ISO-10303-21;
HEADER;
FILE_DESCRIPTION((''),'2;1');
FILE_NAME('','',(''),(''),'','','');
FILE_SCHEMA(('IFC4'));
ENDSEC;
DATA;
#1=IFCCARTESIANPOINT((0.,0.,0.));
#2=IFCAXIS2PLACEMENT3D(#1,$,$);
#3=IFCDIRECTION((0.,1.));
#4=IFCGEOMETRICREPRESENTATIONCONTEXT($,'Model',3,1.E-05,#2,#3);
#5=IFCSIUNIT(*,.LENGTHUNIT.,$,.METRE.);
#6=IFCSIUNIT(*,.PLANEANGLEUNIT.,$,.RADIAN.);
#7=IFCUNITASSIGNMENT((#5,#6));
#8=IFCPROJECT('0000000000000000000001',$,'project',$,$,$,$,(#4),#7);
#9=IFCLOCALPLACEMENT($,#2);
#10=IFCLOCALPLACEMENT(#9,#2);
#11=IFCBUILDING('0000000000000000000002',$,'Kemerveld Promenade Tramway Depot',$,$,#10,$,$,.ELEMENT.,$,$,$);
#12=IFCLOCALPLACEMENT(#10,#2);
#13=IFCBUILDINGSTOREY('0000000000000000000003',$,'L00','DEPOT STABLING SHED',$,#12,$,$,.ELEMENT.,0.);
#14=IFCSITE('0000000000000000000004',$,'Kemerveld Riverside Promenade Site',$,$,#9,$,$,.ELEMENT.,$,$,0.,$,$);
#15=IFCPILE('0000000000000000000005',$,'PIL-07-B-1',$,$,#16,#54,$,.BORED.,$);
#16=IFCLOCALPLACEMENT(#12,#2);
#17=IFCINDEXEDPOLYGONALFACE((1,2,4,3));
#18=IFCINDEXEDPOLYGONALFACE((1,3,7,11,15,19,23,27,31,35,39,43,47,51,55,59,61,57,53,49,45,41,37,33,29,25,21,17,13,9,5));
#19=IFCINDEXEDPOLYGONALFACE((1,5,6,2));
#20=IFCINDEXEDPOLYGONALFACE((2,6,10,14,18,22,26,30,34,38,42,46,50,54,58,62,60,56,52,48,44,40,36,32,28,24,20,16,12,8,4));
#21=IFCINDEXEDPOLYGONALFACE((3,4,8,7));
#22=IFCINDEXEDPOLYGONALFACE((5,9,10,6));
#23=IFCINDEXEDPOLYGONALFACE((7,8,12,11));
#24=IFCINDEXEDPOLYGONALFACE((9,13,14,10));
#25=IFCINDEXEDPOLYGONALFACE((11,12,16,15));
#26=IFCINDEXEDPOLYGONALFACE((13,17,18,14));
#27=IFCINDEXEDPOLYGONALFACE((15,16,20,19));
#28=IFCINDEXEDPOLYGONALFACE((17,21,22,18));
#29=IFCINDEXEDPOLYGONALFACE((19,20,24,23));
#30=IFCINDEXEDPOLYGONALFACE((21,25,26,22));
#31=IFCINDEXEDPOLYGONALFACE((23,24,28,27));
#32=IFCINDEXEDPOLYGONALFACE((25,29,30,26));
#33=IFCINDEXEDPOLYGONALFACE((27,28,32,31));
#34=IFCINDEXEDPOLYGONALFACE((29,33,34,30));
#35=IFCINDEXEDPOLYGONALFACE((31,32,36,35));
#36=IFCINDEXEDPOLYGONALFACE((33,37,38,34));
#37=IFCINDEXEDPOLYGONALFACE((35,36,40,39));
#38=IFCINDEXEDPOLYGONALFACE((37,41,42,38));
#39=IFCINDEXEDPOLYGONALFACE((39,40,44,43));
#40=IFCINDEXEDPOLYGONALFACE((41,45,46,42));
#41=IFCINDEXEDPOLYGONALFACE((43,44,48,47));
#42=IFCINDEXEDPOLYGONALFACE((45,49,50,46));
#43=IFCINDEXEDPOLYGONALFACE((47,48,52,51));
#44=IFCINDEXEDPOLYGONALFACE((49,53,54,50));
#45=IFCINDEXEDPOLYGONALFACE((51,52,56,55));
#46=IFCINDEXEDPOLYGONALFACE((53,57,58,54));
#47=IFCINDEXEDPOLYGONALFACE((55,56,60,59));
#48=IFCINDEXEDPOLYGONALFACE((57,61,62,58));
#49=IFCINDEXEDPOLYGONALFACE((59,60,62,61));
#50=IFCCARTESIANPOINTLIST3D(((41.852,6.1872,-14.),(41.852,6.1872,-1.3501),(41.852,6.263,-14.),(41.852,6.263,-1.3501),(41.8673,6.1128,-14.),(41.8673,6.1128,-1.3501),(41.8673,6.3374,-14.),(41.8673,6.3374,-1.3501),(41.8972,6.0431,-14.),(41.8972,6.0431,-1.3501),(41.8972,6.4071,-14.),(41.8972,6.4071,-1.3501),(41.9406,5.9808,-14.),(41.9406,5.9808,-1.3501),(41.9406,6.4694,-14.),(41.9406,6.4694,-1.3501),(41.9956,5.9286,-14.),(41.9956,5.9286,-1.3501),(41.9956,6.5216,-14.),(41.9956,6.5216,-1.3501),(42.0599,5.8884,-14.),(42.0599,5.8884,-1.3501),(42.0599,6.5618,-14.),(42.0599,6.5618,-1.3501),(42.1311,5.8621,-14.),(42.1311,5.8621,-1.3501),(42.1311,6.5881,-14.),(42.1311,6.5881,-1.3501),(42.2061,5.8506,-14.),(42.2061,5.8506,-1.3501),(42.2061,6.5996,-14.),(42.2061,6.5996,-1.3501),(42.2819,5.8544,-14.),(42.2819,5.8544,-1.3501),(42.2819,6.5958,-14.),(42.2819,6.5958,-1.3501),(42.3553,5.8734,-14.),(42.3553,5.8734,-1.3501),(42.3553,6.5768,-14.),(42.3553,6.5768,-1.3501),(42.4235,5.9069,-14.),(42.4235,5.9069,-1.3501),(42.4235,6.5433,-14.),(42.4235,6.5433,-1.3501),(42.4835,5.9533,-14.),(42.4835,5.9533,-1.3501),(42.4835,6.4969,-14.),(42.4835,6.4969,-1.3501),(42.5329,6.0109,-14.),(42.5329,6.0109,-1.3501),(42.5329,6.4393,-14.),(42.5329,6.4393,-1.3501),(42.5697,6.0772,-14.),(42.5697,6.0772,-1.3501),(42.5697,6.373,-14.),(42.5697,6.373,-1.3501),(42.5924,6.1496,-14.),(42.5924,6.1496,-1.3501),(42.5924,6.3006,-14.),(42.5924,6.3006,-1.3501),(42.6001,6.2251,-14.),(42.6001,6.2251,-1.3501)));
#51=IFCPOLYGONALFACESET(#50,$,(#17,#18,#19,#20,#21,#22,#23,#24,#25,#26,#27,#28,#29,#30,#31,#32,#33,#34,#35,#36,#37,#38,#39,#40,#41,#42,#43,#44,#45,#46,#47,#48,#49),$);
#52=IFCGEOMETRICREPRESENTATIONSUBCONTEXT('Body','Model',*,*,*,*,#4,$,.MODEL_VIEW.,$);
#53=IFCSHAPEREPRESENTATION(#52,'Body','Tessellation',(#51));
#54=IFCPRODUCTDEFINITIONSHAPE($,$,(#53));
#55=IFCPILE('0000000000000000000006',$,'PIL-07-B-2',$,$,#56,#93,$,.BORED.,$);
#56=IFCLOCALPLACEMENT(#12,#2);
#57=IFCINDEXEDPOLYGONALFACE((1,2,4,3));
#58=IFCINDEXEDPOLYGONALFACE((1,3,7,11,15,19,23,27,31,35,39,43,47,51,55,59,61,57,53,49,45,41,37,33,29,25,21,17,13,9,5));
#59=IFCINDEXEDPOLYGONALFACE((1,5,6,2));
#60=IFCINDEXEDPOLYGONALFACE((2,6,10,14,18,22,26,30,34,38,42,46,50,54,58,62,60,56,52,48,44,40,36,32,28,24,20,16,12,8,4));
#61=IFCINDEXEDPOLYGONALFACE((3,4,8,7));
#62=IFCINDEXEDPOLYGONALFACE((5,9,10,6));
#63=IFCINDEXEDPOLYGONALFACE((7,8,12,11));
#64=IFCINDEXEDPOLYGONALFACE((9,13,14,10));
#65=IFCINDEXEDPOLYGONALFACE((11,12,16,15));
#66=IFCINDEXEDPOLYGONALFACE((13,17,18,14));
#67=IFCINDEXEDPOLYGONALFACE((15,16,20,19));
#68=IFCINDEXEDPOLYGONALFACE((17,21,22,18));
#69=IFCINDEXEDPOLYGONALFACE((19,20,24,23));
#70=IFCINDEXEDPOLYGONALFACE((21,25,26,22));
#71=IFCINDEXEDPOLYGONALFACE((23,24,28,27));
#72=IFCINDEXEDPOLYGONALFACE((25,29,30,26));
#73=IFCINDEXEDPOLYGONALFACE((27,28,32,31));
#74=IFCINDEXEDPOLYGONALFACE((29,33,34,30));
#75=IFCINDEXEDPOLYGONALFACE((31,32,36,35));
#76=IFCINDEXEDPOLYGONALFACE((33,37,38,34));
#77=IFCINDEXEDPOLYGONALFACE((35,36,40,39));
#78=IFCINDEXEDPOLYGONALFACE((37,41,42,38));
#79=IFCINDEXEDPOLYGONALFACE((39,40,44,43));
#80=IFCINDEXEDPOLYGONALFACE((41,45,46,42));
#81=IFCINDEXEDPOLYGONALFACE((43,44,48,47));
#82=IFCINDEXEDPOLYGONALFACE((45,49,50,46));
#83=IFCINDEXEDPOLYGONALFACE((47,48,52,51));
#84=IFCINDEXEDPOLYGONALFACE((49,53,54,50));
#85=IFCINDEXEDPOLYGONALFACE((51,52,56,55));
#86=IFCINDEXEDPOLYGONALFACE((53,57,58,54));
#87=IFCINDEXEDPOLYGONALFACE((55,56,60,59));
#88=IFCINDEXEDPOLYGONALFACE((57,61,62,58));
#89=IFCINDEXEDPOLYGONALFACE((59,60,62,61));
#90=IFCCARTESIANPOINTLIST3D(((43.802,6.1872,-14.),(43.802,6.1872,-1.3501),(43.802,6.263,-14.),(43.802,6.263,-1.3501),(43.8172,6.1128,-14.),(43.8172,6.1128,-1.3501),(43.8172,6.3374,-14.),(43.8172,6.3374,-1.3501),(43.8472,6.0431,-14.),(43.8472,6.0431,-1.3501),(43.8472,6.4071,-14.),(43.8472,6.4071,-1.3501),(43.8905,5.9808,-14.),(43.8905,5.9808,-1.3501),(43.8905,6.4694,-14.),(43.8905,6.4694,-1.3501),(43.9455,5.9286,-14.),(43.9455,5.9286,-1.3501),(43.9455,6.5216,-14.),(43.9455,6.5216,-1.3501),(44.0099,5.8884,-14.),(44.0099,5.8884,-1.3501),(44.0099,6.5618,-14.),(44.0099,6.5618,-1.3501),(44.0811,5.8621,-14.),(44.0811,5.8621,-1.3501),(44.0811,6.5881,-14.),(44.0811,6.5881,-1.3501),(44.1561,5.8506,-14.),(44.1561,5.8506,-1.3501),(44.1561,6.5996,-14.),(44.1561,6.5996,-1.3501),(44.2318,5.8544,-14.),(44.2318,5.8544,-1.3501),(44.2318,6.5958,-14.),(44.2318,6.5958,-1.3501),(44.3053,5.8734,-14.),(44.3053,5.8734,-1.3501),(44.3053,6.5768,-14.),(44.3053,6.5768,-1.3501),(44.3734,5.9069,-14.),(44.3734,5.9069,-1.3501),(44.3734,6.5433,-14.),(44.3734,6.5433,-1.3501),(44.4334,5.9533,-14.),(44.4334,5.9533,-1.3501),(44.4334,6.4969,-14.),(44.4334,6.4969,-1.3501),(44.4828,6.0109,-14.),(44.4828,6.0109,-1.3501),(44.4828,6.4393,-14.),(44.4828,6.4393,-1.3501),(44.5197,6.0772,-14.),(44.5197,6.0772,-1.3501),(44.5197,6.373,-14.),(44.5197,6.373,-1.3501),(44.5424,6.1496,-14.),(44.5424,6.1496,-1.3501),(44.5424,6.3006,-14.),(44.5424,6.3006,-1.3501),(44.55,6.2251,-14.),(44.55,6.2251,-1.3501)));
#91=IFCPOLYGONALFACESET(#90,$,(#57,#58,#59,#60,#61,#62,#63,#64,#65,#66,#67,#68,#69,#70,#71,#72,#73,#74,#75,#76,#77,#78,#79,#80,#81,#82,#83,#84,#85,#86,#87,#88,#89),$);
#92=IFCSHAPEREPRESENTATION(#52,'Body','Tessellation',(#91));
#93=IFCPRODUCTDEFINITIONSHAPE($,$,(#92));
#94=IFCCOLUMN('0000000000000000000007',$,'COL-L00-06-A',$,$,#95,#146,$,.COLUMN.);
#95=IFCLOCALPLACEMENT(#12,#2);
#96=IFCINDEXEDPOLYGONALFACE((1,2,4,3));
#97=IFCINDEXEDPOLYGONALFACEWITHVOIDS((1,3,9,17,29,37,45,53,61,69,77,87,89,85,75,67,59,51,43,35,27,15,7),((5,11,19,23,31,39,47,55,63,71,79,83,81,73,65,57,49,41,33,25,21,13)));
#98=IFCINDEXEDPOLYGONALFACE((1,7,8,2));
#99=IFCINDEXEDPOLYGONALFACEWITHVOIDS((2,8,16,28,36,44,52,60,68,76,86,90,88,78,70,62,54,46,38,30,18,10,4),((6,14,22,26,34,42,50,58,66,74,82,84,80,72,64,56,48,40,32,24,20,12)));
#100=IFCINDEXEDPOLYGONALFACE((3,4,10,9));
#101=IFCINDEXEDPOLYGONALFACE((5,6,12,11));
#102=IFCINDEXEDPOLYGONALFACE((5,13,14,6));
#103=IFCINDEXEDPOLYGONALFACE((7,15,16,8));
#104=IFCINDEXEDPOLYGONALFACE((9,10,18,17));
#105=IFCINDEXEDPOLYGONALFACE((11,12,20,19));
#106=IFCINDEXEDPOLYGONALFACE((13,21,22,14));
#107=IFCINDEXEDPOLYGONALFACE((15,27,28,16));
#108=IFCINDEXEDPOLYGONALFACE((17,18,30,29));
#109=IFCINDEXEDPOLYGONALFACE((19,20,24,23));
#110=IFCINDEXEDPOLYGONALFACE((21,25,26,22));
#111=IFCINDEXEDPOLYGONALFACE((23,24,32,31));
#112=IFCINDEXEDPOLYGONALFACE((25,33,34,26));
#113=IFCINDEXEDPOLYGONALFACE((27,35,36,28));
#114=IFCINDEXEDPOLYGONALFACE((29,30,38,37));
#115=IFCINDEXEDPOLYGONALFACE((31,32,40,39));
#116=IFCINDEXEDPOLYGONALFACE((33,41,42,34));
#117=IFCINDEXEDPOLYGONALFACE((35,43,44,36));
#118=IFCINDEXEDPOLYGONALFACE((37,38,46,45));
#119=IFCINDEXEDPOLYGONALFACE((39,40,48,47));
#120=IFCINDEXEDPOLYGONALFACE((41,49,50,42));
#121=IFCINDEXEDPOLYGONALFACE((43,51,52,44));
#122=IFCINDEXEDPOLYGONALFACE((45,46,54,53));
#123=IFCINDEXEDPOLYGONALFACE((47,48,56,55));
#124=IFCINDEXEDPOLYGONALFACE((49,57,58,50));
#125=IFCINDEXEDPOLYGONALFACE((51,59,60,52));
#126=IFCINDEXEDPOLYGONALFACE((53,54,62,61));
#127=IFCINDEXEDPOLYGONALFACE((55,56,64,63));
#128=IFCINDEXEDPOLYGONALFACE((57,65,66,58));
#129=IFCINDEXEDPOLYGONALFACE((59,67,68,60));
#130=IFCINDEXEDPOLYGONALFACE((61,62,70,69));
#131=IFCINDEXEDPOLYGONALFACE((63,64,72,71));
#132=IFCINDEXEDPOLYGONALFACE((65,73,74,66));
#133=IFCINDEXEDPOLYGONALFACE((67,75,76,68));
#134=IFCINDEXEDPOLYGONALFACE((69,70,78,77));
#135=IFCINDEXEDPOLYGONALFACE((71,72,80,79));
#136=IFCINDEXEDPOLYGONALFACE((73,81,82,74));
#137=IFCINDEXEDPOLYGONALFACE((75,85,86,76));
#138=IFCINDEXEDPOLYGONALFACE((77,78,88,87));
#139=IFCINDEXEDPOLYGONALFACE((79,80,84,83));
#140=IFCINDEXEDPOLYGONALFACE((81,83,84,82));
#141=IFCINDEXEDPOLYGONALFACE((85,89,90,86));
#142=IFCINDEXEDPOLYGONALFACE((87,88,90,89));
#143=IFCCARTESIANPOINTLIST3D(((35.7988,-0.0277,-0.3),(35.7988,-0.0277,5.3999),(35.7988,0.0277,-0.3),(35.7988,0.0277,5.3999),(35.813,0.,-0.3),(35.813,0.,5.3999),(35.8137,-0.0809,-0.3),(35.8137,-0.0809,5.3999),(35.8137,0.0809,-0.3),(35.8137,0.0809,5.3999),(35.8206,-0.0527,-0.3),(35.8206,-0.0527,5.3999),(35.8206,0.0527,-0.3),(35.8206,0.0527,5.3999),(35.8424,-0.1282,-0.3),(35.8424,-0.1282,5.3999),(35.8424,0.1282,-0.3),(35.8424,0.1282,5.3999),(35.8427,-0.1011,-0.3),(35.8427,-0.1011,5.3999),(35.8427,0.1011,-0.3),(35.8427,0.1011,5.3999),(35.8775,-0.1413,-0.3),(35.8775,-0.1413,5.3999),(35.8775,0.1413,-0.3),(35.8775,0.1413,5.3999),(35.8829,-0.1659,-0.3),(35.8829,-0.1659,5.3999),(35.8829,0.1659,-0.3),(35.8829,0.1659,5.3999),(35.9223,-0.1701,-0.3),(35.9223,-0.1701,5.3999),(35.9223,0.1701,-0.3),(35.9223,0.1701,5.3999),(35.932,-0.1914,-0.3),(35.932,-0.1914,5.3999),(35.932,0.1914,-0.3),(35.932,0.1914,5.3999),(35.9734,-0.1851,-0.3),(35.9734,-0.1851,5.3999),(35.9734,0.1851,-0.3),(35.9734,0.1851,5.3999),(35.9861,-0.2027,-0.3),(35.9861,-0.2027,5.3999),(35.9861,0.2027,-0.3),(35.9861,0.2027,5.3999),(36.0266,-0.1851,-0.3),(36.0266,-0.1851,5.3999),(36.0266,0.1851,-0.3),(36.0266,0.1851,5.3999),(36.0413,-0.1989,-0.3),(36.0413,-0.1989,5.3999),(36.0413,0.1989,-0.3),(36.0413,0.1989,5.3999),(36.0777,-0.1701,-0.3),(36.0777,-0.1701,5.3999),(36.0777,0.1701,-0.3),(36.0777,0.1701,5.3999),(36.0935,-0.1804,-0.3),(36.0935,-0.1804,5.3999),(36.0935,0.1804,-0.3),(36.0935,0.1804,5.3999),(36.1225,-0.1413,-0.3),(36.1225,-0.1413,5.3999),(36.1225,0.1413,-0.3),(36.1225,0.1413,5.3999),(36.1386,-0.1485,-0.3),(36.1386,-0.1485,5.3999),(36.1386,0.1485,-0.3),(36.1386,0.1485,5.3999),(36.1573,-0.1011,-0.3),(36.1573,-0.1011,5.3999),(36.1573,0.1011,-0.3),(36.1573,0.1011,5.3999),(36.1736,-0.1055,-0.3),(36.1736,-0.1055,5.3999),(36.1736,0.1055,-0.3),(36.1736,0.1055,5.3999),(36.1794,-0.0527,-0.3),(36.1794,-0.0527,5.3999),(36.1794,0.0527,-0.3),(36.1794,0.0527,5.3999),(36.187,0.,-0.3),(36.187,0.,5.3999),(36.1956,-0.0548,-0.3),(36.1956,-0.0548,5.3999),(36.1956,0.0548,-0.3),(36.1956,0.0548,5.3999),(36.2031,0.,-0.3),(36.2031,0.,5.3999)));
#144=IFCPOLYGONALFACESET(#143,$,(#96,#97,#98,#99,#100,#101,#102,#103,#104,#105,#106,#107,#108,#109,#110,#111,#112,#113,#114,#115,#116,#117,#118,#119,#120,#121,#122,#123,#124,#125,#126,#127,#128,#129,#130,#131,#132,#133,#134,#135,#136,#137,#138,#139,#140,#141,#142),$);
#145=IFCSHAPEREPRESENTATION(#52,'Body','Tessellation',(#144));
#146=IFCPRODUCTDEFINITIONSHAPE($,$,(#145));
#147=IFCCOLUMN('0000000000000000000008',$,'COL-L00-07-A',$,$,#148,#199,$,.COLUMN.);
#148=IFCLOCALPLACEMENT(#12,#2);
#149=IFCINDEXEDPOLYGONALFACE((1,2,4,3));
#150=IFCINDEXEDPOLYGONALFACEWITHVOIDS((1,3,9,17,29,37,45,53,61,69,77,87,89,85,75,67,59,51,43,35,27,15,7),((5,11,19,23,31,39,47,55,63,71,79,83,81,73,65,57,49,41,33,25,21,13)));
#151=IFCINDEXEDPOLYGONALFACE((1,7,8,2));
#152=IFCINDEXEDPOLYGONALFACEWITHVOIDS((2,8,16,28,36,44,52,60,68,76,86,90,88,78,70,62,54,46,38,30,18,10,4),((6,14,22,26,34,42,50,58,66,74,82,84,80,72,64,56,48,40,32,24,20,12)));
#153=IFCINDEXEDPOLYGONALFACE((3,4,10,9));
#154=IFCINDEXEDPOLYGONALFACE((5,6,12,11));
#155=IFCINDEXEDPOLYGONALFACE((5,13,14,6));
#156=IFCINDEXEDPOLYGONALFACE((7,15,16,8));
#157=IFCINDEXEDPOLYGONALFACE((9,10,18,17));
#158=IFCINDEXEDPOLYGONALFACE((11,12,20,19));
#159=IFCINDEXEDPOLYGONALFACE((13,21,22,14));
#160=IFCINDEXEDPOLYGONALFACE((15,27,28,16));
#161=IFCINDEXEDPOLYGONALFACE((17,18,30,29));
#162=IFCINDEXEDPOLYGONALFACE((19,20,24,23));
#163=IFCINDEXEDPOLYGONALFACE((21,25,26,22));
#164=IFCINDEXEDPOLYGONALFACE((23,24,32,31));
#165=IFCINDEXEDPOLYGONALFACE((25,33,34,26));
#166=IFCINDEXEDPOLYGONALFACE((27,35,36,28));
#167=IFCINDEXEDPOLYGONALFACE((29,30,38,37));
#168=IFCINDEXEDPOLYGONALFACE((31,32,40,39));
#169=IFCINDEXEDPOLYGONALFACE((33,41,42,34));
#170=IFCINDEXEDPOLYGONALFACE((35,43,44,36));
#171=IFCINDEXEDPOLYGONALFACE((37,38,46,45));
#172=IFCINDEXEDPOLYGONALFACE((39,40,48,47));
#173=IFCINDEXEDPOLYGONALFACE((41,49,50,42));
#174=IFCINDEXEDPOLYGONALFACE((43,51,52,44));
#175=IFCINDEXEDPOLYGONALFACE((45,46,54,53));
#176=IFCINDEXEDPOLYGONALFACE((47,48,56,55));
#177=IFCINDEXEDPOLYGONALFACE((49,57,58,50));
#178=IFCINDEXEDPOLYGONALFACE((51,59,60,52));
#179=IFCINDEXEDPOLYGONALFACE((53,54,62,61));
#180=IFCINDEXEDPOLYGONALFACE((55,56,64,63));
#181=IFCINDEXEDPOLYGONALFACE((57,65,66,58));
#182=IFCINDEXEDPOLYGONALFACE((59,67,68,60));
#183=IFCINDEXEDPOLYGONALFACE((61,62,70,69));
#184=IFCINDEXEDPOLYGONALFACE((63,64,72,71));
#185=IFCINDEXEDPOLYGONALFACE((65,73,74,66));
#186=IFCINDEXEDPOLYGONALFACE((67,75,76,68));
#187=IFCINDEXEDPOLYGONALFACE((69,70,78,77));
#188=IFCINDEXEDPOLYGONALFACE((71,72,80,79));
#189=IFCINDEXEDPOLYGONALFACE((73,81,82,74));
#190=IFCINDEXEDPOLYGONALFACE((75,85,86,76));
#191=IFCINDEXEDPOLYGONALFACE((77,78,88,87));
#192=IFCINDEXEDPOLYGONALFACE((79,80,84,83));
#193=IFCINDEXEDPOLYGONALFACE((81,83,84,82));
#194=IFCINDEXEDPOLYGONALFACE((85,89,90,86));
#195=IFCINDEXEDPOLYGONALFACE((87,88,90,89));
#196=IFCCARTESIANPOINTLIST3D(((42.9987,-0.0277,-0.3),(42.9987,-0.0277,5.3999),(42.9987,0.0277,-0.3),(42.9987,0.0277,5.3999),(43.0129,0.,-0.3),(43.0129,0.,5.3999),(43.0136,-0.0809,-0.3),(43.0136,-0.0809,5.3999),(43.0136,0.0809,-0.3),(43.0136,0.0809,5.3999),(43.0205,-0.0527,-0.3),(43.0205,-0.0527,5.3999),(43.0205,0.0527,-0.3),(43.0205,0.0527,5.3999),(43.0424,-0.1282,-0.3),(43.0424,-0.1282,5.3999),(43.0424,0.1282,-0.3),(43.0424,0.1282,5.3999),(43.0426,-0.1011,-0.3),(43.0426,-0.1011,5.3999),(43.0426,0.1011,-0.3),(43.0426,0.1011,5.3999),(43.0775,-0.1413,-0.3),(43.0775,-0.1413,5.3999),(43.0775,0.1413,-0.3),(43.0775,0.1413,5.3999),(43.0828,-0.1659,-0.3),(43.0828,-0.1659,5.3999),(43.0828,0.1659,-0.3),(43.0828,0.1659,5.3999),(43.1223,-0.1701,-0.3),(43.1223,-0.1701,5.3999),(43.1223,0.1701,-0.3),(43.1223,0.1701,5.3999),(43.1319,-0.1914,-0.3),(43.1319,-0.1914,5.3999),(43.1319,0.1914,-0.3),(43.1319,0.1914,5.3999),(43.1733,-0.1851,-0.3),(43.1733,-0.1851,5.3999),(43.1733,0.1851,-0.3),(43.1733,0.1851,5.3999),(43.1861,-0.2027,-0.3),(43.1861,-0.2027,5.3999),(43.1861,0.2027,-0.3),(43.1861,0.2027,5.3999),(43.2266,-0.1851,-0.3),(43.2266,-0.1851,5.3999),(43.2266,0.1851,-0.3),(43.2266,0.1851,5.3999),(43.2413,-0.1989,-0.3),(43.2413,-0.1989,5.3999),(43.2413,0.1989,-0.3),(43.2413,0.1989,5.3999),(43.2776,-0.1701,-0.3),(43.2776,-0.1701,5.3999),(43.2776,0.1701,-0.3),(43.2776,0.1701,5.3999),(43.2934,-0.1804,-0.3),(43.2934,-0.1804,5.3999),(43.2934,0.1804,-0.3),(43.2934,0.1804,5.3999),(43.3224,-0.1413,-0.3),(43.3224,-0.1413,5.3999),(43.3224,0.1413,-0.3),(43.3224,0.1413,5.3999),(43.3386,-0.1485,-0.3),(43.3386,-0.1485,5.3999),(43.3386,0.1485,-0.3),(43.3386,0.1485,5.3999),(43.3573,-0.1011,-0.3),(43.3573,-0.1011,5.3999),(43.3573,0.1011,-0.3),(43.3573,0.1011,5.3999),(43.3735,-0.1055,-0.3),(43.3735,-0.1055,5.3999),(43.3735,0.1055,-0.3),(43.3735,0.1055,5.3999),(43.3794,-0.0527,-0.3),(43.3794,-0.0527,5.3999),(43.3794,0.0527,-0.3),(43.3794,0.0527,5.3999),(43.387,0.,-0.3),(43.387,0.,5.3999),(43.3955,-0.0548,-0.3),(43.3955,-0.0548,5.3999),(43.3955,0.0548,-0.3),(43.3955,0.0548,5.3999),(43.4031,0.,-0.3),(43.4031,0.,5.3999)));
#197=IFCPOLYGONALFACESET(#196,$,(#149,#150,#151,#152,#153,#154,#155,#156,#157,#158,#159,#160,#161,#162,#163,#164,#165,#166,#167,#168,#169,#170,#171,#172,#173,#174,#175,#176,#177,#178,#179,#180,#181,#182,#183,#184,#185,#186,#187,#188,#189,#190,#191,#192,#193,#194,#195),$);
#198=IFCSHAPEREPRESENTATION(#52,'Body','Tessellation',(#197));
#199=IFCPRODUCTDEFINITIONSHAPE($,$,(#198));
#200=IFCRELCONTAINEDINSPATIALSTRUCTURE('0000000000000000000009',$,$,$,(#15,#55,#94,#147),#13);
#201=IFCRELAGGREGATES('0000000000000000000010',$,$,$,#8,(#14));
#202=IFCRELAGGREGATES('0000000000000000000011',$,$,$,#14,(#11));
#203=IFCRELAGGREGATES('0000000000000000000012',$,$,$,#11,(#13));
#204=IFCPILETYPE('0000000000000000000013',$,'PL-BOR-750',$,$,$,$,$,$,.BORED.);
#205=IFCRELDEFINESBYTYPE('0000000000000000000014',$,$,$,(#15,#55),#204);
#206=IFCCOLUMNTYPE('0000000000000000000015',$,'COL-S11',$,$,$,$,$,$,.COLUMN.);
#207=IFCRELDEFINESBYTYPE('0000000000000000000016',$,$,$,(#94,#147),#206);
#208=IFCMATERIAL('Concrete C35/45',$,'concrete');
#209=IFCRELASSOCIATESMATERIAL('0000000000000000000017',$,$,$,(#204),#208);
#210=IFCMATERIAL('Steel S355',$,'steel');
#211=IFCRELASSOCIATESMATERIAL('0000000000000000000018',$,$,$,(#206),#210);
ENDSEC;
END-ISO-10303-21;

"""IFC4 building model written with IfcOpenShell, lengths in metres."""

from ifc_helpers import new_model, si_unit, direction, frame, origin, origin_2d, place, context, subcontext, project, spatial, circle, hollow_circle, extrude, material, material_profile, profile_set, type_object, element, save


model = new_model("IFC4")

# Units and contexts
model_context = context("Model", 3, precision=1e-05, world=origin(), true_north=direction((0.0, 1.0)))
body_context = subcontext(model_context, "Body", "Model", "MODEL_VIEW")
ifc_project = project(units=[si_unit("LENGTHUNIT", "METRE"), si_unit("PLANEANGLEUNIT", "RADIAN")], contexts=[model_context])

# Site, building, storey
site_placement = place(None, origin())
site = spatial("IfcSite", under=ifc_project, at=site_placement, Name="Kemerveld Riverside Promenade Site", CompositionType="ELEMENT", RefElevation=0.0)
building_placement = place(site_placement, origin())
building = spatial("IfcBuilding", under=site, at=building_placement, Name="Kemerveld Promenade Tramway Depot", CompositionType="ELEMENT")
storey_placement = place(building_placement, origin())
storey = spatial("IfcBuildingStorey", under=building, at=storey_placement, Name="L00", Description="DEPOT STABLING SHED", CompositionType="ELEMENT", Elevation=0.0)

# Shared definitions
ifc_material_1 = material(Name="Concrete C35/45", Category="concrete")

# Piles
ifc_material_profile_1 = material_profile(ifc_material_1, circle(Radius=0.375, at=origin_2d()), Name="PILE-D750")
ifc_profile_set_1 = profile_set([ifc_material_profile_1], Name="Concrete C35/45")
pile_type = type_object("IfcPileType", Name="PL-BOR-750", PredefinedType="BORED", material=ifc_profile_set_1)
for number, where, z_axis, x_axis, name in (
    (1, (42.2251, 6.2251, -1.3501), (0.0, 0.0, -1.0), (1.0, 0.0, 0.0), "PIL-07-B-1"),
    (2, (44.175, 6.2251, -1.3501), (0.0, 0.0, -1.0), (1.0, 0.0, 0.0), "PIL-07-B-2"),
):
    element("IfcPile", number, at=place(storey_placement, frame(where, z_axis=z_axis, x_axis=x_axis)), inside=storey, type_object=pile_type, Name=name, PredefinedType="BORED", context=body_context, shape_type="SweptSolid", body=[
        extrude(circle(Radius=0.375, at=origin_2d()), origin(), (0.0, 0.0, 1.0), 12.6499),
    ])

# Columns
ifc_material_2 = material(Name="Steel S355", Category="steel")
ifc_material_profile_2 = material_profile(ifc_material_2, hollow_circle(Radius=0.2031, WallThickness=0.0161, at=origin_2d()), Name="406.4x16.0 CHS")
ifc_profile_set_2 = profile_set([ifc_material_profile_2], Name="Steel S355")
column_type = type_object("IfcColumnType", Name="COL-S11", PredefinedType="COLUMN", material=ifc_profile_set_2)
for number, where, z_axis, x_axis, name in (
    (3, (36.0, 0.0, -0.3), (0.0, 0.0, 1.0), (1.0, 0.0, 0.0), "COL-L00-06-A"),
    (4, (43.2, 0.0, -0.3), (0.0, 0.0, 1.0), (1.0, 0.0, 0.0), "COL-L00-07-A"),
):
    element("IfcColumn", number, at=place(storey_placement, frame(where, z_axis=z_axis, x_axis=x_axis)), inside=storey, type_object=column_type, Name=name, PredefinedType="COLUMN", context=body_context, shape_type="SweptSolid", body=[
        extrude(hollow_circle(Radius=0.2031, WallThickness=0.0161, at=origin_2d()), origin(), (0.0, 0.0, 1.0), 5.7),
    ])

save(model, "model.ifc")
